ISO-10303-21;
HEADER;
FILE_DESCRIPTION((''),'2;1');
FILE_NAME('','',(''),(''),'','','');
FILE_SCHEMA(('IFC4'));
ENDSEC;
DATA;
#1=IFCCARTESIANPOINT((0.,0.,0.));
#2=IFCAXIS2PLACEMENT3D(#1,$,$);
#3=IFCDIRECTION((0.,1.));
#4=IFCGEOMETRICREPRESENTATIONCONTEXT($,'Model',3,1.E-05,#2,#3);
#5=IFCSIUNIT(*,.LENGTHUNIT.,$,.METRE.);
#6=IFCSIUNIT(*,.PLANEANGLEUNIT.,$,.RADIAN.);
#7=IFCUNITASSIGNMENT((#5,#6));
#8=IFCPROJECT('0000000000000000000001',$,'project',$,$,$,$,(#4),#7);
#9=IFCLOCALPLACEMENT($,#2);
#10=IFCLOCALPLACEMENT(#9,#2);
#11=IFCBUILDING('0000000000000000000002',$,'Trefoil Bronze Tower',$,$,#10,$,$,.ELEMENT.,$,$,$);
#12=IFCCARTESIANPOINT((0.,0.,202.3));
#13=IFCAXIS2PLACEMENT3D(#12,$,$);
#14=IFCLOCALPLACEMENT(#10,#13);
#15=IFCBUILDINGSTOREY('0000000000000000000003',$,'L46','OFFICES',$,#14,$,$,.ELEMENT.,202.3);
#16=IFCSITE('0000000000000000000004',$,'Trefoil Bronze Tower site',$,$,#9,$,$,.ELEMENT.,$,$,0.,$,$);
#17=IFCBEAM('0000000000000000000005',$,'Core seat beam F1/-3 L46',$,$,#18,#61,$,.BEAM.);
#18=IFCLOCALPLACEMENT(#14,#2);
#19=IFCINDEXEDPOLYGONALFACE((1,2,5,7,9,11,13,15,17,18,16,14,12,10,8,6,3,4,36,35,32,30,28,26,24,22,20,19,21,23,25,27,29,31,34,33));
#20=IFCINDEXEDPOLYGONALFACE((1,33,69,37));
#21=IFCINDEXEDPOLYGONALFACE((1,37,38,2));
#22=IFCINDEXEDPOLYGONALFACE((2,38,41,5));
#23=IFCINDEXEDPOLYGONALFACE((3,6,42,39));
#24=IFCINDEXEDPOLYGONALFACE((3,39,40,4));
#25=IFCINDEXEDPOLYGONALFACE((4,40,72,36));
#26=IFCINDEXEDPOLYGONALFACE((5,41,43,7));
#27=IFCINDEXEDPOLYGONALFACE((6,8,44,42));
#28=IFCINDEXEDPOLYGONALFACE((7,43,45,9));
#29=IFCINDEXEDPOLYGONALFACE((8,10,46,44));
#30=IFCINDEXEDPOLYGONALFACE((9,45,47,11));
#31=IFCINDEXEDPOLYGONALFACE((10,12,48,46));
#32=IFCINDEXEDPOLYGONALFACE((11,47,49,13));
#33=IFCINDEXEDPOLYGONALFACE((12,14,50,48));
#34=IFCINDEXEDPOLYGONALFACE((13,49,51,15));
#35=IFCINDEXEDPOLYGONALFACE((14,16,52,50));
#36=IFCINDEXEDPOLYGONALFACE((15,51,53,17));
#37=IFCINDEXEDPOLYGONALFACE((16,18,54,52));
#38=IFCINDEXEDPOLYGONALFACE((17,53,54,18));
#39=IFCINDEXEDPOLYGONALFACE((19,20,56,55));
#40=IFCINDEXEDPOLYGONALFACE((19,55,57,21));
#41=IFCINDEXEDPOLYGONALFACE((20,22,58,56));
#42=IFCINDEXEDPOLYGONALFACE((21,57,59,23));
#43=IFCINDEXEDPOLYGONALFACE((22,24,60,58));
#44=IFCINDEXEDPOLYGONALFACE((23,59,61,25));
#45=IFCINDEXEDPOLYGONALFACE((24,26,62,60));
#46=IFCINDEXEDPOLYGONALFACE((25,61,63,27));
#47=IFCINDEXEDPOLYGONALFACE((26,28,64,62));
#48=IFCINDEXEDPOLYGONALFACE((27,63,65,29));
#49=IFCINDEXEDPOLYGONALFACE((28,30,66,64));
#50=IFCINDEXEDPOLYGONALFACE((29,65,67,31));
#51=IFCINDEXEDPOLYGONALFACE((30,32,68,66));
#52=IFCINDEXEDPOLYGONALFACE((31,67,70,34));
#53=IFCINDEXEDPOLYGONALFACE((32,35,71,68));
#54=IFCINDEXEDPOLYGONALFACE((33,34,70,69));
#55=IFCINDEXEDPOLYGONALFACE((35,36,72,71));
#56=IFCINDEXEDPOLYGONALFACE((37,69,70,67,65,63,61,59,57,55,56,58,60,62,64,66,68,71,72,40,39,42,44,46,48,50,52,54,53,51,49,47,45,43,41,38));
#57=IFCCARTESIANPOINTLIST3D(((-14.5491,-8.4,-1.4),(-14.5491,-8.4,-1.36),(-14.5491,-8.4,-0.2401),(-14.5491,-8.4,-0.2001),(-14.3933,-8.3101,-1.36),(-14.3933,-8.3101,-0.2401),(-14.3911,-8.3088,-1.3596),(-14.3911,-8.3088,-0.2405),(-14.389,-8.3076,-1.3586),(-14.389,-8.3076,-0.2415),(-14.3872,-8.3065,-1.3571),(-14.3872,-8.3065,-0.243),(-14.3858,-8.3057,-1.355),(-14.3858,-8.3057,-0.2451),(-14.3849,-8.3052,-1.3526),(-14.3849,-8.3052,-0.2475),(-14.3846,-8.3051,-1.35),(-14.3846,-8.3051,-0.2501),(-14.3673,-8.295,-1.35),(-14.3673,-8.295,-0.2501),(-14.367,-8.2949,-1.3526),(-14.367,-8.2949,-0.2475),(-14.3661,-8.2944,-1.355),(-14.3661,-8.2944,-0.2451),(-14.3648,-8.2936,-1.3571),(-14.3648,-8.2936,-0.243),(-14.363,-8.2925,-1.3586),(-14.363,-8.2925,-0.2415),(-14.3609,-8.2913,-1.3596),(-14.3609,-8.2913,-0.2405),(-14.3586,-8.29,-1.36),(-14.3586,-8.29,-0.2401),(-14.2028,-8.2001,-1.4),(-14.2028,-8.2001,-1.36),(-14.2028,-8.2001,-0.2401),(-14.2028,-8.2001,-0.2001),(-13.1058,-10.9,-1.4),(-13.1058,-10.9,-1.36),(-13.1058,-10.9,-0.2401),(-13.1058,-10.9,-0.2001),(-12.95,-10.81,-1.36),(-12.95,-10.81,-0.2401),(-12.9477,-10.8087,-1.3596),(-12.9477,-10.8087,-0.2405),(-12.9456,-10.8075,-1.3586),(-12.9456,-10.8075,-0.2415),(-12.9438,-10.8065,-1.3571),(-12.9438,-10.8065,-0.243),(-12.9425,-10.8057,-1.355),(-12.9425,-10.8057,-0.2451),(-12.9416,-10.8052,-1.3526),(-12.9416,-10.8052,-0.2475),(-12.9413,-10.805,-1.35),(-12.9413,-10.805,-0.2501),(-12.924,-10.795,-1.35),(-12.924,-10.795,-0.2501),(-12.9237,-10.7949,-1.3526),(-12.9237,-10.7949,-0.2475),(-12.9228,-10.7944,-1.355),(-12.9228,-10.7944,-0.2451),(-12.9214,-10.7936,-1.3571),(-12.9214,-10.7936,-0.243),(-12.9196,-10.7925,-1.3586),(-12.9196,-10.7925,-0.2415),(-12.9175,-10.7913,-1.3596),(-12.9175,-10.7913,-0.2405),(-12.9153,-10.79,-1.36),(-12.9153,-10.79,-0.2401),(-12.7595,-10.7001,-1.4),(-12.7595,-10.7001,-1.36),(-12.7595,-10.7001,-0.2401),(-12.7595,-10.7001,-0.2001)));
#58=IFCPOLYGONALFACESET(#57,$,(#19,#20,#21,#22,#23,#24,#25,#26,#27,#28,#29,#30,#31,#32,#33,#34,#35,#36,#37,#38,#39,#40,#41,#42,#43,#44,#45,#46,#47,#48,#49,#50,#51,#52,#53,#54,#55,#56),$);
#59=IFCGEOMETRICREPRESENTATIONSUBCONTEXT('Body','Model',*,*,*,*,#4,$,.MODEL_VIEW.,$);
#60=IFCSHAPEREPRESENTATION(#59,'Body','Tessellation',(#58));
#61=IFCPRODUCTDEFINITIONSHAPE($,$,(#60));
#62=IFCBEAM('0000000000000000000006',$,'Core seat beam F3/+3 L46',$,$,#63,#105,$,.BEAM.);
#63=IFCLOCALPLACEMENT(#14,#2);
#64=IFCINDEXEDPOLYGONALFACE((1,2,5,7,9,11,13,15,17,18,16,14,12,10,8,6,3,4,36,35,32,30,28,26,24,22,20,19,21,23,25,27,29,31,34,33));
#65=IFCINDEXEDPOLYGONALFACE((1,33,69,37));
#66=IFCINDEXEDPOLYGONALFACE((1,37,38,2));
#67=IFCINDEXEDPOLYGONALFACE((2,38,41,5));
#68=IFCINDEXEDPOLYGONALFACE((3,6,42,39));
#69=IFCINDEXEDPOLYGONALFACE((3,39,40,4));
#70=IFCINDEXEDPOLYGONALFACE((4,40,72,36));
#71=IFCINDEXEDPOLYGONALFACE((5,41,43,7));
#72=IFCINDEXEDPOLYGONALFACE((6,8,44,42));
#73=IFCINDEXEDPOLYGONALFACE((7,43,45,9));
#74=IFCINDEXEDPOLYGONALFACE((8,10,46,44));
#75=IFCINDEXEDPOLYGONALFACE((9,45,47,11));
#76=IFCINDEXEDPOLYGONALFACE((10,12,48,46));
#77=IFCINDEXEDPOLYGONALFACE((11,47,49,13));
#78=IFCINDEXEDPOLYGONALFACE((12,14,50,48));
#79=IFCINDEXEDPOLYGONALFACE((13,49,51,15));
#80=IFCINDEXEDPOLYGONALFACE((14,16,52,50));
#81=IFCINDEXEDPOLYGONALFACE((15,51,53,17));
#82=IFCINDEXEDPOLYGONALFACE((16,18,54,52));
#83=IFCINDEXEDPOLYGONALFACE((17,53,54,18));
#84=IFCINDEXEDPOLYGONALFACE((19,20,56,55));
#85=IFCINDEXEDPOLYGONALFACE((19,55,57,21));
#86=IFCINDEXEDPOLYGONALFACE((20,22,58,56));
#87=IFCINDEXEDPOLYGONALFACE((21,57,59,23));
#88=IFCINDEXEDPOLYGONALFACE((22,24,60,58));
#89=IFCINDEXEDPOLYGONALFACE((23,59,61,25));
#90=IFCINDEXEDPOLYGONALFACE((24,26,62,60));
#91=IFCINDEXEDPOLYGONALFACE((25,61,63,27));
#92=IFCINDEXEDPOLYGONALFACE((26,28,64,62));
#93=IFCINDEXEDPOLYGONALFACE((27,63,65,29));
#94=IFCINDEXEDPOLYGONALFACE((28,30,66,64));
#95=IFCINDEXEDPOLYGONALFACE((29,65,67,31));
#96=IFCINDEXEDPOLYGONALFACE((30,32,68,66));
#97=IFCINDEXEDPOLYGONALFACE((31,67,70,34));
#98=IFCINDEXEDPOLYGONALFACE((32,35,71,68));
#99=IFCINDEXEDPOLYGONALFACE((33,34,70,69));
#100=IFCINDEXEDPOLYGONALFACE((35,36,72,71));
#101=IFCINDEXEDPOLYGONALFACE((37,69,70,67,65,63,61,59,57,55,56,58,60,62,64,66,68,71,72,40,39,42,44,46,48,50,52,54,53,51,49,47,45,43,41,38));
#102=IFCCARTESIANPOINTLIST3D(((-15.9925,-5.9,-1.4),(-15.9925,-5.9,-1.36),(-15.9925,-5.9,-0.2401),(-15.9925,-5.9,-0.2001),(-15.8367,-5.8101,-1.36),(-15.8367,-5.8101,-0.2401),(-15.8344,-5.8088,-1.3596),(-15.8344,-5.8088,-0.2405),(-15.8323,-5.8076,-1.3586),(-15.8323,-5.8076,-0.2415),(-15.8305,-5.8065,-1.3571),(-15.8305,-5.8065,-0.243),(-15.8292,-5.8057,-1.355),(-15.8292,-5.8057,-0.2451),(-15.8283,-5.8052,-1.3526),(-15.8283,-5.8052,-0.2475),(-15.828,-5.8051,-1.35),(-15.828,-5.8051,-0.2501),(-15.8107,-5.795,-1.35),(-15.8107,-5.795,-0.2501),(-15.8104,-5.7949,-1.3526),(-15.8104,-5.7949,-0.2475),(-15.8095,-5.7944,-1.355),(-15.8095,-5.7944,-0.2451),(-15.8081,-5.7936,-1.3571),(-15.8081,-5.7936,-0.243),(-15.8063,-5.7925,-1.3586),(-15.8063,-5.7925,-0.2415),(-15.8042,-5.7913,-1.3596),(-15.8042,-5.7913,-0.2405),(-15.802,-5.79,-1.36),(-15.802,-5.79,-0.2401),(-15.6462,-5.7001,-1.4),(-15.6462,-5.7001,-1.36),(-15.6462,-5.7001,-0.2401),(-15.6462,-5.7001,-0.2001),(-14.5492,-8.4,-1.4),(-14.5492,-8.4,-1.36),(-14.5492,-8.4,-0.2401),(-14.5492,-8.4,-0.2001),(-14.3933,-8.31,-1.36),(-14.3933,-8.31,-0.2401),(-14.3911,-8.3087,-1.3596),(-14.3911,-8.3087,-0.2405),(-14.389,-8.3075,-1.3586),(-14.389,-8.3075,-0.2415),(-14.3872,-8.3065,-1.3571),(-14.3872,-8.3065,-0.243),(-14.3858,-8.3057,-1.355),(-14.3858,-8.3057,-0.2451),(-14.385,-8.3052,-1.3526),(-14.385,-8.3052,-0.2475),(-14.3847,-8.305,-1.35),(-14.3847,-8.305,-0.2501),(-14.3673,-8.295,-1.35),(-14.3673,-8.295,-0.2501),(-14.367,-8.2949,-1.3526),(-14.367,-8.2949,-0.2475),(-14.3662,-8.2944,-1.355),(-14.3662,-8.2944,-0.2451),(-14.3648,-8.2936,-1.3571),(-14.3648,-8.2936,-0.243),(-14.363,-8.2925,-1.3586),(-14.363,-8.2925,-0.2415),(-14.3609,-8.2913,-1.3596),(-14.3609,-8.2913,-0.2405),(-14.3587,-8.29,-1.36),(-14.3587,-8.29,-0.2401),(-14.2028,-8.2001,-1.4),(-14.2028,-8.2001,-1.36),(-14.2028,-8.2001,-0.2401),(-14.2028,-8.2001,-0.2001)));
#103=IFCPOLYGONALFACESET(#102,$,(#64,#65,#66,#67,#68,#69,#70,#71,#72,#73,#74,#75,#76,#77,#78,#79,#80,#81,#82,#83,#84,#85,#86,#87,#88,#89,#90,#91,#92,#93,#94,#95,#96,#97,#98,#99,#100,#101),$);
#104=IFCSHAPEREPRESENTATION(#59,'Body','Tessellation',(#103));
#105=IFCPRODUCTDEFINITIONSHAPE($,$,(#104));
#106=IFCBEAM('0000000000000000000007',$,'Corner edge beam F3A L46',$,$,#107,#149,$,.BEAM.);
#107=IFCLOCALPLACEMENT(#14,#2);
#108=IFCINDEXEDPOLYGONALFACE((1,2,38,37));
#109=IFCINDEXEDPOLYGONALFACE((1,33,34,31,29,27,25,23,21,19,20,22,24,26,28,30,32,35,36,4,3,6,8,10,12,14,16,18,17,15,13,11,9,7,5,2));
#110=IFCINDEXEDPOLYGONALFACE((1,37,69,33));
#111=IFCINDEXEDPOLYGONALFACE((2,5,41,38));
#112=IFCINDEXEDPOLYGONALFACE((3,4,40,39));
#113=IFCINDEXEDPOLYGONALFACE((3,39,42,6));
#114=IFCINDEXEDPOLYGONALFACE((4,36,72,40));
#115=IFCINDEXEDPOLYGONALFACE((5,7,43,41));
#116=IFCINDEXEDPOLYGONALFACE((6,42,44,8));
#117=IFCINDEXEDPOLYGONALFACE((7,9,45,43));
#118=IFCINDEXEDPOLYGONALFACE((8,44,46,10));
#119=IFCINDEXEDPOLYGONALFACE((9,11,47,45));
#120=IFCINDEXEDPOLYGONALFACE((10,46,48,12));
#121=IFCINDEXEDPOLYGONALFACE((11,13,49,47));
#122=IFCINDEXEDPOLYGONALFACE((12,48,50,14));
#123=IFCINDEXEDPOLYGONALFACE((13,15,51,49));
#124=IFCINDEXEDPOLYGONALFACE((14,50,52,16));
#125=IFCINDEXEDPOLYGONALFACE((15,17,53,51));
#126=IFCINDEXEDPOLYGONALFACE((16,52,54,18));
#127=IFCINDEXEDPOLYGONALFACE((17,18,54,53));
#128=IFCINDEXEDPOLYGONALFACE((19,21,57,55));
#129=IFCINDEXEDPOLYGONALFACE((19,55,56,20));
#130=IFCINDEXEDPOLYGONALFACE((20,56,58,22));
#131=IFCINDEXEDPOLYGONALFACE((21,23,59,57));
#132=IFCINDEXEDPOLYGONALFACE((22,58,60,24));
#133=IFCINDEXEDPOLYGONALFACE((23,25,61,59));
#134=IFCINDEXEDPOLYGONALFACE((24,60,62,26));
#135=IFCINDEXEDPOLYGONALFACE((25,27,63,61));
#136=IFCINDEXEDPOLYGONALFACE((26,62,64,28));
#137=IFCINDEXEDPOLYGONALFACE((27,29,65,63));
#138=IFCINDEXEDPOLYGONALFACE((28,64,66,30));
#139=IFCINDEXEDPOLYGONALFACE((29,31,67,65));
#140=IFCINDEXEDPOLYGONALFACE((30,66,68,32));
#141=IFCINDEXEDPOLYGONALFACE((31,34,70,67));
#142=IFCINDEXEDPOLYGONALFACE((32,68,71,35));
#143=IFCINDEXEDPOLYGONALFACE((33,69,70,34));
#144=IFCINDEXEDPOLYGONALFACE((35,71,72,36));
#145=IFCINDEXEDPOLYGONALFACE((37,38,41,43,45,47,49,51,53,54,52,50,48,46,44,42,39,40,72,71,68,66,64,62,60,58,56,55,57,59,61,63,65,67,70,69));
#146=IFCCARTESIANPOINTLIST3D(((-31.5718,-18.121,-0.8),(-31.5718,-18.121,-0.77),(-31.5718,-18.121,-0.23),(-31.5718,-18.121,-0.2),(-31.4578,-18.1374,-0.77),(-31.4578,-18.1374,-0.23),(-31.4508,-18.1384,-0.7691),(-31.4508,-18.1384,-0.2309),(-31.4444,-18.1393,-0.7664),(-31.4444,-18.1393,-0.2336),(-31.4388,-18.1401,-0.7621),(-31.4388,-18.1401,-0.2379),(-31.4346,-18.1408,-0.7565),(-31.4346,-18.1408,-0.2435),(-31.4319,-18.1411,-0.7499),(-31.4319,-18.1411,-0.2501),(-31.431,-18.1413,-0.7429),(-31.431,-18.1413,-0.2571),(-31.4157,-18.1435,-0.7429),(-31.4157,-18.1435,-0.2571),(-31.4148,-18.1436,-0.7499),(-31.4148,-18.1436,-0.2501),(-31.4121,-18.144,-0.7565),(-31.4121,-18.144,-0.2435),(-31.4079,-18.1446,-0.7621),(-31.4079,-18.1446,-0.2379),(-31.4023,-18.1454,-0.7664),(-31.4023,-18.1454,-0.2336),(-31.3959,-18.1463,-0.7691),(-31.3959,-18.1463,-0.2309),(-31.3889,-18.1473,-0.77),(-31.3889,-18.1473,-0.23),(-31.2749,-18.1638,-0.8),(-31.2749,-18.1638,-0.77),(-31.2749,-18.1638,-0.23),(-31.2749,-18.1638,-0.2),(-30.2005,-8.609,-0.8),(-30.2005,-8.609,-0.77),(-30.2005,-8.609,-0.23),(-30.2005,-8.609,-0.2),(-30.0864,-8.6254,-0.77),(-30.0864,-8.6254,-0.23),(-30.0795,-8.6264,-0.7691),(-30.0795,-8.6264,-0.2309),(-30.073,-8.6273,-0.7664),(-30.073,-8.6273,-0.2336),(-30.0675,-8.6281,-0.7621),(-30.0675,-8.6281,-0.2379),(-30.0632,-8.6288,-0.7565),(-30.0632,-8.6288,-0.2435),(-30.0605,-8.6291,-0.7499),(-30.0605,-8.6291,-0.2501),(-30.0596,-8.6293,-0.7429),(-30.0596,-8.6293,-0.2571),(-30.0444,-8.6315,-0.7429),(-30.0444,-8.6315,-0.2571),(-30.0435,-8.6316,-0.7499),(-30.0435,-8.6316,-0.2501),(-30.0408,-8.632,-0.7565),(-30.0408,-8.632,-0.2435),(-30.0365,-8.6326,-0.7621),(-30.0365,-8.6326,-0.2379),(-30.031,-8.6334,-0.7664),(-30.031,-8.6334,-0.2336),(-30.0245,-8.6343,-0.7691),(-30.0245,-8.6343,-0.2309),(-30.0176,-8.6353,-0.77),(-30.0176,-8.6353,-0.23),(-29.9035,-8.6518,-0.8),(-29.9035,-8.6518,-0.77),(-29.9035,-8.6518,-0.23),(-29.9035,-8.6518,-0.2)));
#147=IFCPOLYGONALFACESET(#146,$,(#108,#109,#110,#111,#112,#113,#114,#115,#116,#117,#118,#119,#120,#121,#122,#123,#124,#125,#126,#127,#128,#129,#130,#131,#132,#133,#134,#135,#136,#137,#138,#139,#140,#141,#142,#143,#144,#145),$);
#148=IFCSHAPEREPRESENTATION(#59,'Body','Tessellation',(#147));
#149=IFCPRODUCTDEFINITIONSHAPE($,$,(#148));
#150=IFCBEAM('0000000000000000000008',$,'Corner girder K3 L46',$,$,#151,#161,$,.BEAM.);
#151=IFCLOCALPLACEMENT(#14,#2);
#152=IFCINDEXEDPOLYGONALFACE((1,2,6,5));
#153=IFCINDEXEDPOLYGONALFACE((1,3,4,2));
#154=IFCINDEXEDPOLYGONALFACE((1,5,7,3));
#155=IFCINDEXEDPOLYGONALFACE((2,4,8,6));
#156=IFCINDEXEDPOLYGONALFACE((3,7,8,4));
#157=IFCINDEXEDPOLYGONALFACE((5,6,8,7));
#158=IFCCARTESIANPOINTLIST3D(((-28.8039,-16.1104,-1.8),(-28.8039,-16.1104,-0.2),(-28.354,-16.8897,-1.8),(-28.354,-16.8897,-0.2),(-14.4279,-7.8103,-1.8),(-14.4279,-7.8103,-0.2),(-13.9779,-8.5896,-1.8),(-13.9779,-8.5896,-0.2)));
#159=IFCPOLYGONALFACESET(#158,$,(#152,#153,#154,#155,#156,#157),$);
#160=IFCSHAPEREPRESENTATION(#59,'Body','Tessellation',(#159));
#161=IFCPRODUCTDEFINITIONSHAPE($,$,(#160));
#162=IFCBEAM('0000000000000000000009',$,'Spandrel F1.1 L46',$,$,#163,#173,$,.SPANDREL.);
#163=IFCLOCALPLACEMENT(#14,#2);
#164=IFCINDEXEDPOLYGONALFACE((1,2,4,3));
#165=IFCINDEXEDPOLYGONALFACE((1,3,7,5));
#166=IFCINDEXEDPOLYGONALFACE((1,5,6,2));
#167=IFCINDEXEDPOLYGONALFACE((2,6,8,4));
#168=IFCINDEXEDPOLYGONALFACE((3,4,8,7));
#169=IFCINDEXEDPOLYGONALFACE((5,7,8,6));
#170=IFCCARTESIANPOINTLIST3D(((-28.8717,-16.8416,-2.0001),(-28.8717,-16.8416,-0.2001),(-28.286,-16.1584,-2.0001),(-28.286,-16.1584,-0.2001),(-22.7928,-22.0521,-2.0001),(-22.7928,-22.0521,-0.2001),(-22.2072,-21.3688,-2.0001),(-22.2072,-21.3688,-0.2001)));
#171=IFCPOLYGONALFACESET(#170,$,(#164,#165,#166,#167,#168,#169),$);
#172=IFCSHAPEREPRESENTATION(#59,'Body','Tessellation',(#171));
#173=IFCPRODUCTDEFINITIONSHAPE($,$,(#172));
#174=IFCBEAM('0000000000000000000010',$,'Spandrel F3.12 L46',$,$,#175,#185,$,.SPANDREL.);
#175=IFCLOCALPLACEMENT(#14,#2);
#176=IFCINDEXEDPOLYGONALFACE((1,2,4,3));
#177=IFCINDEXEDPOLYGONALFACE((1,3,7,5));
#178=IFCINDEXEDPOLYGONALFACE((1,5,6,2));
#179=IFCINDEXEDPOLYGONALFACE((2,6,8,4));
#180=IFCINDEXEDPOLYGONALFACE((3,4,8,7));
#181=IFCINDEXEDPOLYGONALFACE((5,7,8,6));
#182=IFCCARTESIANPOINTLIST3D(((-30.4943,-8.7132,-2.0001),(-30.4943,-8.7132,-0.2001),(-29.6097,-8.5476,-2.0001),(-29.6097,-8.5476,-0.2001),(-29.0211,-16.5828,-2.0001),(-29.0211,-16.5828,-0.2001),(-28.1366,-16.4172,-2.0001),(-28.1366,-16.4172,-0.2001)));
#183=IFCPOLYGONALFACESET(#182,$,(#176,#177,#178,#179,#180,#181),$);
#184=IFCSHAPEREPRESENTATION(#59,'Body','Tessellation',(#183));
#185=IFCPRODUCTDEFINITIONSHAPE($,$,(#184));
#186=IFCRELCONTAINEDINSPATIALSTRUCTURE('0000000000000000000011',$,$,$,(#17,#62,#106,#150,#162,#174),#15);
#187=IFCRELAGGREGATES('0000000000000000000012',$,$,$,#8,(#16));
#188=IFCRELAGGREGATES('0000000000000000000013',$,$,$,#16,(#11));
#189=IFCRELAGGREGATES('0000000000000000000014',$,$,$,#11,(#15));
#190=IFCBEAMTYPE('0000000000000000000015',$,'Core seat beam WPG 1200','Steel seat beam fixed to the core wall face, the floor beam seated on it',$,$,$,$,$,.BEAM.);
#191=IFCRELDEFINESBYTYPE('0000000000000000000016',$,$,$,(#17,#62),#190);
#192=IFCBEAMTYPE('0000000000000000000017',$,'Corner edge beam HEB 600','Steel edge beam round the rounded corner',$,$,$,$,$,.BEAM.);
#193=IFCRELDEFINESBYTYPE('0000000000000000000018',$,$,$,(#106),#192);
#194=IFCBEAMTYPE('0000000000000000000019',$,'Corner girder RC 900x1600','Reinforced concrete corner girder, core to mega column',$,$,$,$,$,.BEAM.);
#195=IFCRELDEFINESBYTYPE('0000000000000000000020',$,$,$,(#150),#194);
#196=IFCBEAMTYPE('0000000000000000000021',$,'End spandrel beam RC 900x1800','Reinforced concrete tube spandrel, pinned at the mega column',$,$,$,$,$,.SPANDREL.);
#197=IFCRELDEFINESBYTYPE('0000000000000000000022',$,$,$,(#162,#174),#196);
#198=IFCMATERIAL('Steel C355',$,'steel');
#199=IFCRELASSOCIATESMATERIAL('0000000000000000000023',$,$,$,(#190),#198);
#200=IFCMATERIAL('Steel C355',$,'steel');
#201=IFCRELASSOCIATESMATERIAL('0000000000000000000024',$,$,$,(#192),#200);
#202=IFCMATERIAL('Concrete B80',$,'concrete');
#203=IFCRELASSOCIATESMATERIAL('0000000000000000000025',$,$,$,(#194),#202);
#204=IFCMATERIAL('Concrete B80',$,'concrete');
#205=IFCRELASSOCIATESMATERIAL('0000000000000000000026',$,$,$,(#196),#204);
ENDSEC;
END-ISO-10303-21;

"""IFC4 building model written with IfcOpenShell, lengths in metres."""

from ifc_helpers import new_model, si_unit, direction, frame, origin, origin_2d, place, context, subcontext, project, spatial, rectangle, i_section, extrude, material, material_profile, profile_set, type_object, element, save


model = new_model("IFC4")

# Units and contexts
model_context = context("Model", 3, precision=1e-05, world=origin(), true_north=direction((0.0, 1.0)))
body_context = subcontext(model_context, "Body", "Model", "MODEL_VIEW")
ifc_project = project(units=[si_unit("LENGTHUNIT", "METRE"), si_unit("PLANEANGLEUNIT", "RADIAN")], contexts=[model_context])

# Site, building, storey
site_placement = place(None, origin())
site = spatial("IfcSite", under=ifc_project, at=site_placement, Name="Trefoil Bronze Tower site", CompositionType="ELEMENT", RefElevation=0.0)
building_placement = place(site_placement, origin())
building = spatial("IfcBuilding", under=site, at=building_placement, Name="Trefoil Bronze Tower", CompositionType="ELEMENT")
storey_placement = place(building_placement, frame((0.0, 0.0, 202.3)))
storey = spatial("IfcBuildingStorey", under=building, at=storey_placement, Name="L46", Description="OFFICES", CompositionType="ELEMENT", Elevation=202.3)

# Beams
ifc_material_1 = material(Name="Steel C355", Category="steel")
ifc_material_profile_1 = material_profile(ifc_material_1, i_section(OverallWidth=0.3999, OverallDepth=1.2, WebThickness=0.02, FlangeThickness=0.04, FilletRadius=0.01, at=origin_2d()), Name="WPG 1200")
ifc_profile_set_1 = profile_set([ifc_material_profile_1], Name="Steel C355")
beam_type_1 = type_object("IfcBeamType", Name="Core seat beam WPG 1200", Description="Steel seat beam fixed to the core wall face, the floor beam seated on it", PredefinedType="BEAM", material=ifc_profile_set_1)
for number, where, z_axis, x_axis, name in (
    (1, (-14.376, -8.3, -0.8), (0.499996, -0.866028, 0.0), (0.866028, 0.499996, 0.0), "Core seat beam F1/-3 L46"),
    (2, (-15.8193, -5.8, -0.8), (0.499996, -0.866028, 0.0), (0.866028, 0.499996, 0.0), "Core seat beam F3/+3 L46"),
):
    element("IfcBeam", number, at=place(storey_placement, frame(where, z_axis=z_axis, x_axis=x_axis)), inside=storey, type_object=beam_type_1, Name=name, PredefinedType="BEAM", context=body_context, shape_type="SweptSolid", body=[
        extrude(i_section(OverallWidth=0.3999, OverallDepth=1.2, WebThickness=0.02, FlangeThickness=0.04, FilletRadius=0.01, at=origin_2d()), origin(), (0.0, 0.0, 1.0), 2.8867),
    ])
ifc_material_2 = material(Name="Steel C355", Category="steel")
ifc_material_profile_2 = material_profile(ifc_material_2, i_section(OverallWidth=0.3, OverallDepth=0.6001, WebThickness=0.0154, FlangeThickness=0.03, FilletRadius=0.0271, at=origin_2d()), Name="HEB 600")
ifc_profile_set_2 = profile_set([ifc_material_profile_2], Name="Steel C355")
beam_type_2 = type_object("IfcBeamType", Name="Corner edge beam HEB 600", Description="Steel edge beam round the rounded corner", PredefinedType="BEAM", material=ifc_profile_set_2)
beam_1_placement = place(storey_placement, frame((-30.052, -8.6304, -0.5), z_axis=(-0.142694, -0.989767, 0.0), x_axis=(0.989767, -0.142694, 0.0)))
element("IfcBeam", 3, at=beam_1_placement, inside=storey, type_object=beam_type_2, Name="Corner edge beam F3A L46", PredefinedType="BEAM", context=body_context, shape_type="SweptSolid", body=[
    extrude(i_section(OverallWidth=0.3, OverallDepth=0.6001, WebThickness=0.0154, FlangeThickness=0.03, FilletRadius=0.0271, at=origin_2d()), origin(), (0.0, 0.0, 1.0), 9.6104),
])
ifc_material_3 = material(Name="Concrete B80", Category="concrete")
ifc_material_profile_3 = material_profile(ifc_material_3, rectangle(XDim=0.8999, YDim=1.6001, at=origin_2d()), Name="RC 900x1600")
ifc_profile_set_3 = profile_set([ifc_material_profile_3], Name="Concrete B80")
beam_type_3 = type_object("IfcBeamType", Name="Corner girder RC 900x1600", Description="Reinforced concrete corner girder, core to mega column", PredefinedType="BEAM", material=ifc_profile_set_3)
beam_2_placement = place(storey_placement, frame((-14.2029, -8.2, -1.0), z_axis=(-0.866023, -0.500003, 0.0), x_axis=(0.500003, -0.866023, 0.0)))
element("IfcBeam", 4, at=beam_2_placement, inside=storey, type_object=beam_type_3, Name="Corner girder K3 L46", PredefinedType="BEAM", context=body_context, shape_type="SweptSolid", body=[
    extrude(rectangle(XDim=0.8999, YDim=1.6001, at=origin_2d()), origin(), (0.0, 0.0, 1.0), 16.6001),
])
ifc_material_4 = material(Name="Concrete B80", Category="concrete")
ifc_material_profile_4 = material_profile(ifc_material_4, rectangle(XDim=0.8999, YDim=1.8, at=origin_2d()), Name="RC 900x1800")
ifc_profile_set_4 = profile_set([ifc_material_profile_4], Name="Concrete B80")
beam_type_4 = type_object("IfcBeamType", Name="End spandrel beam RC 900x1800", Description="Reinforced concrete tube spandrel, pinned at the mega column", PredefinedType="SPANDREL", material=ifc_profile_set_4)
for number, where, z_axis, x_axis, name in (
    (5, (-28.5789, -16.5, -1.1001), (0.759257, -0.650791, 0.0), (0.650791, 0.759257, 0.0), "Spandrel F1.1 L46"),
    (6, (-30.052, -8.6304, -1.1001), (0.183998, -0.982927, 0.0), (0.982927, 0.183998, 0.0), "Spandrel F3.12 L46"),
):
    element("IfcBeam", number, at=place(storey_placement, frame(where, z_axis=z_axis, x_axis=x_axis)), inside=storey, type_object=beam_type_4, Name=name, PredefinedType="SPANDREL", context=body_context, shape_type="SweptSolid", body=[
        extrude(rectangle(XDim=0.8999, YDim=1.8, at=origin_2d()), origin(), (0.0, 0.0, 1.0), 8.0063),
    ])

save(model, "model.ifc")
